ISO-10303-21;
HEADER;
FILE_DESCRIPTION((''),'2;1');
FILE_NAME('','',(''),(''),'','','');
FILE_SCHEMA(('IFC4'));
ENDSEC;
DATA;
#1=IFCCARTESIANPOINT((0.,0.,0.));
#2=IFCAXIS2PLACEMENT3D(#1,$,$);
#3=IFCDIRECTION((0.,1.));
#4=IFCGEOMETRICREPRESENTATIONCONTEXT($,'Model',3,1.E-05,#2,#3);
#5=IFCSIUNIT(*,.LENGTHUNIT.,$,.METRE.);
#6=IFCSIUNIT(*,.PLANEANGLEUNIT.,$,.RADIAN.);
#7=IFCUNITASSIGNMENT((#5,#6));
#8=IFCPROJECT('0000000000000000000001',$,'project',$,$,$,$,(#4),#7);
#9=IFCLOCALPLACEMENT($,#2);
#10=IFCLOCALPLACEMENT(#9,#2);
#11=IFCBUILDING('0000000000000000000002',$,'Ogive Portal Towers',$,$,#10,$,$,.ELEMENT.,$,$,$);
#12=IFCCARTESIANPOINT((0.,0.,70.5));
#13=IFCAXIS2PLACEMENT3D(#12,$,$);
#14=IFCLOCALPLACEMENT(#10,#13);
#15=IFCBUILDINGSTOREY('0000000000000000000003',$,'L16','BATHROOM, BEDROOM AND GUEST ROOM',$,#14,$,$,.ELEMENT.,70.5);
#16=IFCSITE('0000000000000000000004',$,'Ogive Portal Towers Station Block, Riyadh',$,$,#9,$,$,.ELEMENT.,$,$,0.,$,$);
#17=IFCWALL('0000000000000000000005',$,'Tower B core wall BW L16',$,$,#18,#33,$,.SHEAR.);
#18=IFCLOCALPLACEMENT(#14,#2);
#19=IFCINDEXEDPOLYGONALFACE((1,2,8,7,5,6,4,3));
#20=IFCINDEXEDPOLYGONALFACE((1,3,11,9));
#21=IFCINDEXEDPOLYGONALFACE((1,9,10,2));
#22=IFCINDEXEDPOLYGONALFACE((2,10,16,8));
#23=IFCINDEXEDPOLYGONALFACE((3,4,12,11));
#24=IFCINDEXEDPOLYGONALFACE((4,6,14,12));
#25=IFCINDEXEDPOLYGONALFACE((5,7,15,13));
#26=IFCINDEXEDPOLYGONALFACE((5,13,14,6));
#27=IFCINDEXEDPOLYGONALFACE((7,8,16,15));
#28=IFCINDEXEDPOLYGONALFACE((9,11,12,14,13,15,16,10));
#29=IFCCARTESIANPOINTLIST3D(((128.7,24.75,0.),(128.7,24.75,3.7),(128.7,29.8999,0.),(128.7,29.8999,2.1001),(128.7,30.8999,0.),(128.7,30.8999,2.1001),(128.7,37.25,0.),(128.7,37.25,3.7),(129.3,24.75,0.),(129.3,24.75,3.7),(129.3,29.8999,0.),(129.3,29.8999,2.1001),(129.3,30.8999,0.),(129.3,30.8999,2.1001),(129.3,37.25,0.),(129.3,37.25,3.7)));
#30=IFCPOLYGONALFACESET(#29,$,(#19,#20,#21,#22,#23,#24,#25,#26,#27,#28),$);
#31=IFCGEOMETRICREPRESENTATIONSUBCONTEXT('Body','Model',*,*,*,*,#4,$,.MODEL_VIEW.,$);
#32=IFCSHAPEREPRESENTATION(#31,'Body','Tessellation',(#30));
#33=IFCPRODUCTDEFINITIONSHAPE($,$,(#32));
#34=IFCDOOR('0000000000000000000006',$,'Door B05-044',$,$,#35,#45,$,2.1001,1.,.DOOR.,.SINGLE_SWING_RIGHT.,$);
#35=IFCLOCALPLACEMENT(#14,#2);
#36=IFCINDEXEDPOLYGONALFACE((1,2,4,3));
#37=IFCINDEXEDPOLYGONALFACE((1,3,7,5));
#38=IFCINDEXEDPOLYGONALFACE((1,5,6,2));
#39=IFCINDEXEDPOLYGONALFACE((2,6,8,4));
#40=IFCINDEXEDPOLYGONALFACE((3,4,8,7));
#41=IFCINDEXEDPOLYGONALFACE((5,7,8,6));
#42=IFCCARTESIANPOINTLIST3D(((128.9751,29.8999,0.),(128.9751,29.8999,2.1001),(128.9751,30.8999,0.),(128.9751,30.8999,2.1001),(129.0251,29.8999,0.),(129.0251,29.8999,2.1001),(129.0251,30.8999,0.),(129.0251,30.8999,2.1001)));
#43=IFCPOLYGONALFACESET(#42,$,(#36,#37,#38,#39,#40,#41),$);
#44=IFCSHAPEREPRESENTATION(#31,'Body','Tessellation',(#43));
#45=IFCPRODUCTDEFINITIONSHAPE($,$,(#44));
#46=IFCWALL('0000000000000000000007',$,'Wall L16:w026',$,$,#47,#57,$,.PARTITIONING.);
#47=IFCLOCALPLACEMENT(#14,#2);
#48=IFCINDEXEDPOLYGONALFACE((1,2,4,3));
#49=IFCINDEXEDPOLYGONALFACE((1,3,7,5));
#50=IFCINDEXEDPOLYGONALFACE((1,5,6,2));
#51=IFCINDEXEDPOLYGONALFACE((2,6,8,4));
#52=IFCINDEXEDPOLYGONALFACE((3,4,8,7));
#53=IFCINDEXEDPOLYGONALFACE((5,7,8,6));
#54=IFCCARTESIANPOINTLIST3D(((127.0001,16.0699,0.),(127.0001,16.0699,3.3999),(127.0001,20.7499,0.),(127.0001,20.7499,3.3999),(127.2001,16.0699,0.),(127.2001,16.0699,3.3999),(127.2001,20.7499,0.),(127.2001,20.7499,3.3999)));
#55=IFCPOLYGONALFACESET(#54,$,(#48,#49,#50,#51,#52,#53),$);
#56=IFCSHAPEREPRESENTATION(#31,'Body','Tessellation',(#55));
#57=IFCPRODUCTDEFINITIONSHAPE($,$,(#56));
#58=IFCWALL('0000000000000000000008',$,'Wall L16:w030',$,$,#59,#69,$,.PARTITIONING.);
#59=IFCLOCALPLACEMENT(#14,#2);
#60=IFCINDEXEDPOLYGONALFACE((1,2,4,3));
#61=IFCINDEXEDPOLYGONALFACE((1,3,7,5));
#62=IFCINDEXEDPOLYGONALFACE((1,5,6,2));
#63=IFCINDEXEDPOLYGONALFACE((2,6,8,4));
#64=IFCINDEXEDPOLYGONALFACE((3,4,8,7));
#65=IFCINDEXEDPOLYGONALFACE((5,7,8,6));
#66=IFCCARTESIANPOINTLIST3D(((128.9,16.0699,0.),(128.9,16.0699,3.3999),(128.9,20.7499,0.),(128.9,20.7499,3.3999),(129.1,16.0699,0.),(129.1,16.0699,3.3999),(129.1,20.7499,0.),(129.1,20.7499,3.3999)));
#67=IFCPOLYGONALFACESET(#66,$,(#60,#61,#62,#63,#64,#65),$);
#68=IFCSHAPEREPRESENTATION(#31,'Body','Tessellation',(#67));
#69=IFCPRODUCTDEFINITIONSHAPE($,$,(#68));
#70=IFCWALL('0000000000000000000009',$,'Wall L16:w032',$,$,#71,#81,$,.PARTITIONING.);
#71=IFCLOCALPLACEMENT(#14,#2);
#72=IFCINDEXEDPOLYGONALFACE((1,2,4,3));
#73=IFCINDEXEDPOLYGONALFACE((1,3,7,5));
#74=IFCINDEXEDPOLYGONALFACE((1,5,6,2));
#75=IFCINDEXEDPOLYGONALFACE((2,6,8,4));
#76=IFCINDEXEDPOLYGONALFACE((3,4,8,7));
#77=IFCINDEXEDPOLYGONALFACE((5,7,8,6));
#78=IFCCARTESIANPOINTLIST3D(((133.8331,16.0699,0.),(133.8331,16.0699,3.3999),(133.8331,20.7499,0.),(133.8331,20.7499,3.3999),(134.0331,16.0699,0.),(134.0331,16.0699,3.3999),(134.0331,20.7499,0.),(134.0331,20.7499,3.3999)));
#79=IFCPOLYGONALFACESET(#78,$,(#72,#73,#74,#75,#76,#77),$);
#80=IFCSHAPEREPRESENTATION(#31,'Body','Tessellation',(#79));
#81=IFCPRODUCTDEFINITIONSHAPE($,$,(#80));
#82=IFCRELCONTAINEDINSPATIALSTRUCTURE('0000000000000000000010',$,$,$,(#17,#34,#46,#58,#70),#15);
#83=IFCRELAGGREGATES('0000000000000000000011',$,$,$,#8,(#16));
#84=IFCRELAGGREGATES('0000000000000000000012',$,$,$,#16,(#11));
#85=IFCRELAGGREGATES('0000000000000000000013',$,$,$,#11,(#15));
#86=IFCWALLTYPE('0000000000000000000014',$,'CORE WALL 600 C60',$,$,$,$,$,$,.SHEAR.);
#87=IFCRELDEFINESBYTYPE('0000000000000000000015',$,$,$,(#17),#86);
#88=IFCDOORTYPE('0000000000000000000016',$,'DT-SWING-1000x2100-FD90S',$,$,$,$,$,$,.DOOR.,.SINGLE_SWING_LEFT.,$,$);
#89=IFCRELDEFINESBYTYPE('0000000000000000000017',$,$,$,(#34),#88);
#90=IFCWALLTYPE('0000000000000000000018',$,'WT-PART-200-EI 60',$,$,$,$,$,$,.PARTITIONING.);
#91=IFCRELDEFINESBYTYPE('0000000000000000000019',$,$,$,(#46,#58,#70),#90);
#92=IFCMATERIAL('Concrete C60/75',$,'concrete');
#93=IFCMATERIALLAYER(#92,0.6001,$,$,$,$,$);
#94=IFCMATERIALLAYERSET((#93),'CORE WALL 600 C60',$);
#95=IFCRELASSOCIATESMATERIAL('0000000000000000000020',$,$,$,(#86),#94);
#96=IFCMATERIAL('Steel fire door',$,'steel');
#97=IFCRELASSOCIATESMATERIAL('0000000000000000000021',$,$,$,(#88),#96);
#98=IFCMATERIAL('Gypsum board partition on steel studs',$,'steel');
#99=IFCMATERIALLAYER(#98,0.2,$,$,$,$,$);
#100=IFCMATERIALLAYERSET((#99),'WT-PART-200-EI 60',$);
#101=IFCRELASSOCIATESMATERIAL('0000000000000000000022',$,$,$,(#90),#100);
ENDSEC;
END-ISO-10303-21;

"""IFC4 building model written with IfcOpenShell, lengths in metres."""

from ifc_helpers import new_model, si_unit, direction, frame, frame_2d, origin, place, context, subcontext, project, spatial, rectangle, extrude, material, layer, layer_set, type_object, element, fill, save


model = new_model("IFC4")

# Units and contexts
model_context = context("Model", 3, precision=1e-05, world=origin(), true_north=direction((0.0, 1.0)))
body_context = subcontext(model_context, "Body", "Model", "MODEL_VIEW")
ifc_project = project(units=[si_unit("LENGTHUNIT", "METRE"), si_unit("PLANEANGLEUNIT", "RADIAN")], contexts=[model_context])

# Site, building, storey
site_placement = place(None, origin())
site = spatial("IfcSite", under=ifc_project, at=site_placement, Name="Ogive Portal Towers Station Block, Riyadh", CompositionType="ELEMENT", RefElevation=0.0)
building_placement = place(site_placement, origin())
building = spatial("IfcBuilding", under=site, at=building_placement, Name="Ogive Portal Towers", CompositionType="ELEMENT")
storey_placement = place(building_placement, frame((0.0, 0.0, 70.5)))
storey = spatial("IfcBuildingStorey", under=building, at=storey_placement, Name="L16", Description="BATHROOM, BEDROOM AND GUEST ROOM", CompositionType="ELEMENT", Elevation=70.5)

# Shared definitions
ifc_material_1 = material(Name="Concrete C60/75", Category="concrete")
ifc_material_2 = material(Name="Steel fire door", Category="steel")

# Wall, opening, door
ifc_layer_1 = layer(ifc_material_1, 0.6001)
ifc_layer_set_1 = layer_set([ifc_layer_1], Name="CORE WALL 600 C60")
wall_type_1 = type_object("IfcWallType", Name="CORE WALL 600 C60", PredefinedType="SHEAR", material=ifc_layer_set_1)
wall_1_placement = place(storey_placement, frame((129.0, 24.75, 0.0), z_axis=(0.0, 0.0, 1.0), x_axis=(0.0, 1.0, 0.0)))
wall_1 = element("IfcWall", 1, at=wall_1_placement, inside=storey, type_object=wall_type_1, Name="Tower B core wall BW L16", PredefinedType="SHEAR", context=body_context, shape_type="SweptSolid", body=[
    extrude(rectangle(XDim=12.5, YDim=0.6001, at=frame_2d((6.25, 0.0))), origin(), (0.0, 0.0, 1.0), 3.7),
])
opening_1_placement = place(wall_1_placement, frame((5.1499, 0.0, 0.0)))
opening_1 = element("IfcOpeningElement", 2, at=opening_1_placement, cuts=wall_1, PredefinedType="OPENING", context=body_context, shape_type="SweptSolid", body=[
    extrude(rectangle(XDim=1.0, YDim=2.1001, at=frame_2d((0.5, 1.05))), frame((0.0, 0.3101, 0.0), z_axis=(0.0, -1.0, 0.0), x_axis=(1.0, 0.0, 0.0)), (0.0, 0.0, 1.0), 0.6201),
])
door_type_1 = type_object("IfcDoorType", Name="DT-SWING-1000x2100-FD90S", OperationType="SINGLE_SWING_LEFT", PredefinedType="DOOR", material=ifc_material_2)
door_1_placement = place(opening_1_placement, origin())
door_1 = element("IfcDoor", 3, at=door_1_placement, inside=storey, type_object=door_type_1, Name="Door B05-044", OperationType="SINGLE_SWING_RIGHT", OverallHeight=2.1001, OverallWidth=1.0, PredefinedType="DOOR", context=body_context, shape_type="SweptSolid", body=[
    extrude(rectangle(XDim=1.0, YDim=2.1001, at=frame_2d((0.5, 1.05))), frame((0.0, 0.0249, 0.0), z_axis=(0.0, -1.0, 0.0), x_axis=(1.0, 0.0, 0.0)), (0.0, 0.0, 1.0), 0.05),
])
fill(opening_1, door_1)

# Walls
ifc_material_3 = material(Name="Gypsum board partition on steel studs", Category="steel")
ifc_layer_2 = layer(ifc_material_3, 0.2)
ifc_layer_set_2 = layer_set([ifc_layer_2], Name="WT-PART-200-EI 60")
wall_type_2 = type_object("IfcWallType", Name="WT-PART-200-EI 60", PredefinedType="PARTITIONING", material=ifc_layer_set_2)
for number, where, z_axis, x_axis, name in (
    (4, (127.1001, 16.0701, 0.0), (0.0, 0.0, 1.0), (0.0, 1.0, 0.0), "Wall L16:w026"),
    (5, (129.0, 16.0701, 0.0), (0.0, 0.0, 1.0), (0.0, 1.0, 0.0), "Wall L16:w030"),
    (6, (133.9331, 16.0701, 0.0), (0.0, 0.0, 1.0), (0.0, 1.0, 0.0), "Wall L16:w032"),
):
    element("IfcWall", number, at=place(storey_placement, frame(where, z_axis=z_axis, x_axis=x_axis)), inside=storey, type_object=wall_type_2, Name=name, PredefinedType="PARTITIONING", context=body_context, shape_type="SweptSolid", body=[
        extrude(rectangle(XDim=4.6799, YDim=0.2, at=frame_2d((2.3398, 0.0))), origin(), (0.0, 0.0, 1.0), 3.3999),
    ])

save(model, "model.ifc")
